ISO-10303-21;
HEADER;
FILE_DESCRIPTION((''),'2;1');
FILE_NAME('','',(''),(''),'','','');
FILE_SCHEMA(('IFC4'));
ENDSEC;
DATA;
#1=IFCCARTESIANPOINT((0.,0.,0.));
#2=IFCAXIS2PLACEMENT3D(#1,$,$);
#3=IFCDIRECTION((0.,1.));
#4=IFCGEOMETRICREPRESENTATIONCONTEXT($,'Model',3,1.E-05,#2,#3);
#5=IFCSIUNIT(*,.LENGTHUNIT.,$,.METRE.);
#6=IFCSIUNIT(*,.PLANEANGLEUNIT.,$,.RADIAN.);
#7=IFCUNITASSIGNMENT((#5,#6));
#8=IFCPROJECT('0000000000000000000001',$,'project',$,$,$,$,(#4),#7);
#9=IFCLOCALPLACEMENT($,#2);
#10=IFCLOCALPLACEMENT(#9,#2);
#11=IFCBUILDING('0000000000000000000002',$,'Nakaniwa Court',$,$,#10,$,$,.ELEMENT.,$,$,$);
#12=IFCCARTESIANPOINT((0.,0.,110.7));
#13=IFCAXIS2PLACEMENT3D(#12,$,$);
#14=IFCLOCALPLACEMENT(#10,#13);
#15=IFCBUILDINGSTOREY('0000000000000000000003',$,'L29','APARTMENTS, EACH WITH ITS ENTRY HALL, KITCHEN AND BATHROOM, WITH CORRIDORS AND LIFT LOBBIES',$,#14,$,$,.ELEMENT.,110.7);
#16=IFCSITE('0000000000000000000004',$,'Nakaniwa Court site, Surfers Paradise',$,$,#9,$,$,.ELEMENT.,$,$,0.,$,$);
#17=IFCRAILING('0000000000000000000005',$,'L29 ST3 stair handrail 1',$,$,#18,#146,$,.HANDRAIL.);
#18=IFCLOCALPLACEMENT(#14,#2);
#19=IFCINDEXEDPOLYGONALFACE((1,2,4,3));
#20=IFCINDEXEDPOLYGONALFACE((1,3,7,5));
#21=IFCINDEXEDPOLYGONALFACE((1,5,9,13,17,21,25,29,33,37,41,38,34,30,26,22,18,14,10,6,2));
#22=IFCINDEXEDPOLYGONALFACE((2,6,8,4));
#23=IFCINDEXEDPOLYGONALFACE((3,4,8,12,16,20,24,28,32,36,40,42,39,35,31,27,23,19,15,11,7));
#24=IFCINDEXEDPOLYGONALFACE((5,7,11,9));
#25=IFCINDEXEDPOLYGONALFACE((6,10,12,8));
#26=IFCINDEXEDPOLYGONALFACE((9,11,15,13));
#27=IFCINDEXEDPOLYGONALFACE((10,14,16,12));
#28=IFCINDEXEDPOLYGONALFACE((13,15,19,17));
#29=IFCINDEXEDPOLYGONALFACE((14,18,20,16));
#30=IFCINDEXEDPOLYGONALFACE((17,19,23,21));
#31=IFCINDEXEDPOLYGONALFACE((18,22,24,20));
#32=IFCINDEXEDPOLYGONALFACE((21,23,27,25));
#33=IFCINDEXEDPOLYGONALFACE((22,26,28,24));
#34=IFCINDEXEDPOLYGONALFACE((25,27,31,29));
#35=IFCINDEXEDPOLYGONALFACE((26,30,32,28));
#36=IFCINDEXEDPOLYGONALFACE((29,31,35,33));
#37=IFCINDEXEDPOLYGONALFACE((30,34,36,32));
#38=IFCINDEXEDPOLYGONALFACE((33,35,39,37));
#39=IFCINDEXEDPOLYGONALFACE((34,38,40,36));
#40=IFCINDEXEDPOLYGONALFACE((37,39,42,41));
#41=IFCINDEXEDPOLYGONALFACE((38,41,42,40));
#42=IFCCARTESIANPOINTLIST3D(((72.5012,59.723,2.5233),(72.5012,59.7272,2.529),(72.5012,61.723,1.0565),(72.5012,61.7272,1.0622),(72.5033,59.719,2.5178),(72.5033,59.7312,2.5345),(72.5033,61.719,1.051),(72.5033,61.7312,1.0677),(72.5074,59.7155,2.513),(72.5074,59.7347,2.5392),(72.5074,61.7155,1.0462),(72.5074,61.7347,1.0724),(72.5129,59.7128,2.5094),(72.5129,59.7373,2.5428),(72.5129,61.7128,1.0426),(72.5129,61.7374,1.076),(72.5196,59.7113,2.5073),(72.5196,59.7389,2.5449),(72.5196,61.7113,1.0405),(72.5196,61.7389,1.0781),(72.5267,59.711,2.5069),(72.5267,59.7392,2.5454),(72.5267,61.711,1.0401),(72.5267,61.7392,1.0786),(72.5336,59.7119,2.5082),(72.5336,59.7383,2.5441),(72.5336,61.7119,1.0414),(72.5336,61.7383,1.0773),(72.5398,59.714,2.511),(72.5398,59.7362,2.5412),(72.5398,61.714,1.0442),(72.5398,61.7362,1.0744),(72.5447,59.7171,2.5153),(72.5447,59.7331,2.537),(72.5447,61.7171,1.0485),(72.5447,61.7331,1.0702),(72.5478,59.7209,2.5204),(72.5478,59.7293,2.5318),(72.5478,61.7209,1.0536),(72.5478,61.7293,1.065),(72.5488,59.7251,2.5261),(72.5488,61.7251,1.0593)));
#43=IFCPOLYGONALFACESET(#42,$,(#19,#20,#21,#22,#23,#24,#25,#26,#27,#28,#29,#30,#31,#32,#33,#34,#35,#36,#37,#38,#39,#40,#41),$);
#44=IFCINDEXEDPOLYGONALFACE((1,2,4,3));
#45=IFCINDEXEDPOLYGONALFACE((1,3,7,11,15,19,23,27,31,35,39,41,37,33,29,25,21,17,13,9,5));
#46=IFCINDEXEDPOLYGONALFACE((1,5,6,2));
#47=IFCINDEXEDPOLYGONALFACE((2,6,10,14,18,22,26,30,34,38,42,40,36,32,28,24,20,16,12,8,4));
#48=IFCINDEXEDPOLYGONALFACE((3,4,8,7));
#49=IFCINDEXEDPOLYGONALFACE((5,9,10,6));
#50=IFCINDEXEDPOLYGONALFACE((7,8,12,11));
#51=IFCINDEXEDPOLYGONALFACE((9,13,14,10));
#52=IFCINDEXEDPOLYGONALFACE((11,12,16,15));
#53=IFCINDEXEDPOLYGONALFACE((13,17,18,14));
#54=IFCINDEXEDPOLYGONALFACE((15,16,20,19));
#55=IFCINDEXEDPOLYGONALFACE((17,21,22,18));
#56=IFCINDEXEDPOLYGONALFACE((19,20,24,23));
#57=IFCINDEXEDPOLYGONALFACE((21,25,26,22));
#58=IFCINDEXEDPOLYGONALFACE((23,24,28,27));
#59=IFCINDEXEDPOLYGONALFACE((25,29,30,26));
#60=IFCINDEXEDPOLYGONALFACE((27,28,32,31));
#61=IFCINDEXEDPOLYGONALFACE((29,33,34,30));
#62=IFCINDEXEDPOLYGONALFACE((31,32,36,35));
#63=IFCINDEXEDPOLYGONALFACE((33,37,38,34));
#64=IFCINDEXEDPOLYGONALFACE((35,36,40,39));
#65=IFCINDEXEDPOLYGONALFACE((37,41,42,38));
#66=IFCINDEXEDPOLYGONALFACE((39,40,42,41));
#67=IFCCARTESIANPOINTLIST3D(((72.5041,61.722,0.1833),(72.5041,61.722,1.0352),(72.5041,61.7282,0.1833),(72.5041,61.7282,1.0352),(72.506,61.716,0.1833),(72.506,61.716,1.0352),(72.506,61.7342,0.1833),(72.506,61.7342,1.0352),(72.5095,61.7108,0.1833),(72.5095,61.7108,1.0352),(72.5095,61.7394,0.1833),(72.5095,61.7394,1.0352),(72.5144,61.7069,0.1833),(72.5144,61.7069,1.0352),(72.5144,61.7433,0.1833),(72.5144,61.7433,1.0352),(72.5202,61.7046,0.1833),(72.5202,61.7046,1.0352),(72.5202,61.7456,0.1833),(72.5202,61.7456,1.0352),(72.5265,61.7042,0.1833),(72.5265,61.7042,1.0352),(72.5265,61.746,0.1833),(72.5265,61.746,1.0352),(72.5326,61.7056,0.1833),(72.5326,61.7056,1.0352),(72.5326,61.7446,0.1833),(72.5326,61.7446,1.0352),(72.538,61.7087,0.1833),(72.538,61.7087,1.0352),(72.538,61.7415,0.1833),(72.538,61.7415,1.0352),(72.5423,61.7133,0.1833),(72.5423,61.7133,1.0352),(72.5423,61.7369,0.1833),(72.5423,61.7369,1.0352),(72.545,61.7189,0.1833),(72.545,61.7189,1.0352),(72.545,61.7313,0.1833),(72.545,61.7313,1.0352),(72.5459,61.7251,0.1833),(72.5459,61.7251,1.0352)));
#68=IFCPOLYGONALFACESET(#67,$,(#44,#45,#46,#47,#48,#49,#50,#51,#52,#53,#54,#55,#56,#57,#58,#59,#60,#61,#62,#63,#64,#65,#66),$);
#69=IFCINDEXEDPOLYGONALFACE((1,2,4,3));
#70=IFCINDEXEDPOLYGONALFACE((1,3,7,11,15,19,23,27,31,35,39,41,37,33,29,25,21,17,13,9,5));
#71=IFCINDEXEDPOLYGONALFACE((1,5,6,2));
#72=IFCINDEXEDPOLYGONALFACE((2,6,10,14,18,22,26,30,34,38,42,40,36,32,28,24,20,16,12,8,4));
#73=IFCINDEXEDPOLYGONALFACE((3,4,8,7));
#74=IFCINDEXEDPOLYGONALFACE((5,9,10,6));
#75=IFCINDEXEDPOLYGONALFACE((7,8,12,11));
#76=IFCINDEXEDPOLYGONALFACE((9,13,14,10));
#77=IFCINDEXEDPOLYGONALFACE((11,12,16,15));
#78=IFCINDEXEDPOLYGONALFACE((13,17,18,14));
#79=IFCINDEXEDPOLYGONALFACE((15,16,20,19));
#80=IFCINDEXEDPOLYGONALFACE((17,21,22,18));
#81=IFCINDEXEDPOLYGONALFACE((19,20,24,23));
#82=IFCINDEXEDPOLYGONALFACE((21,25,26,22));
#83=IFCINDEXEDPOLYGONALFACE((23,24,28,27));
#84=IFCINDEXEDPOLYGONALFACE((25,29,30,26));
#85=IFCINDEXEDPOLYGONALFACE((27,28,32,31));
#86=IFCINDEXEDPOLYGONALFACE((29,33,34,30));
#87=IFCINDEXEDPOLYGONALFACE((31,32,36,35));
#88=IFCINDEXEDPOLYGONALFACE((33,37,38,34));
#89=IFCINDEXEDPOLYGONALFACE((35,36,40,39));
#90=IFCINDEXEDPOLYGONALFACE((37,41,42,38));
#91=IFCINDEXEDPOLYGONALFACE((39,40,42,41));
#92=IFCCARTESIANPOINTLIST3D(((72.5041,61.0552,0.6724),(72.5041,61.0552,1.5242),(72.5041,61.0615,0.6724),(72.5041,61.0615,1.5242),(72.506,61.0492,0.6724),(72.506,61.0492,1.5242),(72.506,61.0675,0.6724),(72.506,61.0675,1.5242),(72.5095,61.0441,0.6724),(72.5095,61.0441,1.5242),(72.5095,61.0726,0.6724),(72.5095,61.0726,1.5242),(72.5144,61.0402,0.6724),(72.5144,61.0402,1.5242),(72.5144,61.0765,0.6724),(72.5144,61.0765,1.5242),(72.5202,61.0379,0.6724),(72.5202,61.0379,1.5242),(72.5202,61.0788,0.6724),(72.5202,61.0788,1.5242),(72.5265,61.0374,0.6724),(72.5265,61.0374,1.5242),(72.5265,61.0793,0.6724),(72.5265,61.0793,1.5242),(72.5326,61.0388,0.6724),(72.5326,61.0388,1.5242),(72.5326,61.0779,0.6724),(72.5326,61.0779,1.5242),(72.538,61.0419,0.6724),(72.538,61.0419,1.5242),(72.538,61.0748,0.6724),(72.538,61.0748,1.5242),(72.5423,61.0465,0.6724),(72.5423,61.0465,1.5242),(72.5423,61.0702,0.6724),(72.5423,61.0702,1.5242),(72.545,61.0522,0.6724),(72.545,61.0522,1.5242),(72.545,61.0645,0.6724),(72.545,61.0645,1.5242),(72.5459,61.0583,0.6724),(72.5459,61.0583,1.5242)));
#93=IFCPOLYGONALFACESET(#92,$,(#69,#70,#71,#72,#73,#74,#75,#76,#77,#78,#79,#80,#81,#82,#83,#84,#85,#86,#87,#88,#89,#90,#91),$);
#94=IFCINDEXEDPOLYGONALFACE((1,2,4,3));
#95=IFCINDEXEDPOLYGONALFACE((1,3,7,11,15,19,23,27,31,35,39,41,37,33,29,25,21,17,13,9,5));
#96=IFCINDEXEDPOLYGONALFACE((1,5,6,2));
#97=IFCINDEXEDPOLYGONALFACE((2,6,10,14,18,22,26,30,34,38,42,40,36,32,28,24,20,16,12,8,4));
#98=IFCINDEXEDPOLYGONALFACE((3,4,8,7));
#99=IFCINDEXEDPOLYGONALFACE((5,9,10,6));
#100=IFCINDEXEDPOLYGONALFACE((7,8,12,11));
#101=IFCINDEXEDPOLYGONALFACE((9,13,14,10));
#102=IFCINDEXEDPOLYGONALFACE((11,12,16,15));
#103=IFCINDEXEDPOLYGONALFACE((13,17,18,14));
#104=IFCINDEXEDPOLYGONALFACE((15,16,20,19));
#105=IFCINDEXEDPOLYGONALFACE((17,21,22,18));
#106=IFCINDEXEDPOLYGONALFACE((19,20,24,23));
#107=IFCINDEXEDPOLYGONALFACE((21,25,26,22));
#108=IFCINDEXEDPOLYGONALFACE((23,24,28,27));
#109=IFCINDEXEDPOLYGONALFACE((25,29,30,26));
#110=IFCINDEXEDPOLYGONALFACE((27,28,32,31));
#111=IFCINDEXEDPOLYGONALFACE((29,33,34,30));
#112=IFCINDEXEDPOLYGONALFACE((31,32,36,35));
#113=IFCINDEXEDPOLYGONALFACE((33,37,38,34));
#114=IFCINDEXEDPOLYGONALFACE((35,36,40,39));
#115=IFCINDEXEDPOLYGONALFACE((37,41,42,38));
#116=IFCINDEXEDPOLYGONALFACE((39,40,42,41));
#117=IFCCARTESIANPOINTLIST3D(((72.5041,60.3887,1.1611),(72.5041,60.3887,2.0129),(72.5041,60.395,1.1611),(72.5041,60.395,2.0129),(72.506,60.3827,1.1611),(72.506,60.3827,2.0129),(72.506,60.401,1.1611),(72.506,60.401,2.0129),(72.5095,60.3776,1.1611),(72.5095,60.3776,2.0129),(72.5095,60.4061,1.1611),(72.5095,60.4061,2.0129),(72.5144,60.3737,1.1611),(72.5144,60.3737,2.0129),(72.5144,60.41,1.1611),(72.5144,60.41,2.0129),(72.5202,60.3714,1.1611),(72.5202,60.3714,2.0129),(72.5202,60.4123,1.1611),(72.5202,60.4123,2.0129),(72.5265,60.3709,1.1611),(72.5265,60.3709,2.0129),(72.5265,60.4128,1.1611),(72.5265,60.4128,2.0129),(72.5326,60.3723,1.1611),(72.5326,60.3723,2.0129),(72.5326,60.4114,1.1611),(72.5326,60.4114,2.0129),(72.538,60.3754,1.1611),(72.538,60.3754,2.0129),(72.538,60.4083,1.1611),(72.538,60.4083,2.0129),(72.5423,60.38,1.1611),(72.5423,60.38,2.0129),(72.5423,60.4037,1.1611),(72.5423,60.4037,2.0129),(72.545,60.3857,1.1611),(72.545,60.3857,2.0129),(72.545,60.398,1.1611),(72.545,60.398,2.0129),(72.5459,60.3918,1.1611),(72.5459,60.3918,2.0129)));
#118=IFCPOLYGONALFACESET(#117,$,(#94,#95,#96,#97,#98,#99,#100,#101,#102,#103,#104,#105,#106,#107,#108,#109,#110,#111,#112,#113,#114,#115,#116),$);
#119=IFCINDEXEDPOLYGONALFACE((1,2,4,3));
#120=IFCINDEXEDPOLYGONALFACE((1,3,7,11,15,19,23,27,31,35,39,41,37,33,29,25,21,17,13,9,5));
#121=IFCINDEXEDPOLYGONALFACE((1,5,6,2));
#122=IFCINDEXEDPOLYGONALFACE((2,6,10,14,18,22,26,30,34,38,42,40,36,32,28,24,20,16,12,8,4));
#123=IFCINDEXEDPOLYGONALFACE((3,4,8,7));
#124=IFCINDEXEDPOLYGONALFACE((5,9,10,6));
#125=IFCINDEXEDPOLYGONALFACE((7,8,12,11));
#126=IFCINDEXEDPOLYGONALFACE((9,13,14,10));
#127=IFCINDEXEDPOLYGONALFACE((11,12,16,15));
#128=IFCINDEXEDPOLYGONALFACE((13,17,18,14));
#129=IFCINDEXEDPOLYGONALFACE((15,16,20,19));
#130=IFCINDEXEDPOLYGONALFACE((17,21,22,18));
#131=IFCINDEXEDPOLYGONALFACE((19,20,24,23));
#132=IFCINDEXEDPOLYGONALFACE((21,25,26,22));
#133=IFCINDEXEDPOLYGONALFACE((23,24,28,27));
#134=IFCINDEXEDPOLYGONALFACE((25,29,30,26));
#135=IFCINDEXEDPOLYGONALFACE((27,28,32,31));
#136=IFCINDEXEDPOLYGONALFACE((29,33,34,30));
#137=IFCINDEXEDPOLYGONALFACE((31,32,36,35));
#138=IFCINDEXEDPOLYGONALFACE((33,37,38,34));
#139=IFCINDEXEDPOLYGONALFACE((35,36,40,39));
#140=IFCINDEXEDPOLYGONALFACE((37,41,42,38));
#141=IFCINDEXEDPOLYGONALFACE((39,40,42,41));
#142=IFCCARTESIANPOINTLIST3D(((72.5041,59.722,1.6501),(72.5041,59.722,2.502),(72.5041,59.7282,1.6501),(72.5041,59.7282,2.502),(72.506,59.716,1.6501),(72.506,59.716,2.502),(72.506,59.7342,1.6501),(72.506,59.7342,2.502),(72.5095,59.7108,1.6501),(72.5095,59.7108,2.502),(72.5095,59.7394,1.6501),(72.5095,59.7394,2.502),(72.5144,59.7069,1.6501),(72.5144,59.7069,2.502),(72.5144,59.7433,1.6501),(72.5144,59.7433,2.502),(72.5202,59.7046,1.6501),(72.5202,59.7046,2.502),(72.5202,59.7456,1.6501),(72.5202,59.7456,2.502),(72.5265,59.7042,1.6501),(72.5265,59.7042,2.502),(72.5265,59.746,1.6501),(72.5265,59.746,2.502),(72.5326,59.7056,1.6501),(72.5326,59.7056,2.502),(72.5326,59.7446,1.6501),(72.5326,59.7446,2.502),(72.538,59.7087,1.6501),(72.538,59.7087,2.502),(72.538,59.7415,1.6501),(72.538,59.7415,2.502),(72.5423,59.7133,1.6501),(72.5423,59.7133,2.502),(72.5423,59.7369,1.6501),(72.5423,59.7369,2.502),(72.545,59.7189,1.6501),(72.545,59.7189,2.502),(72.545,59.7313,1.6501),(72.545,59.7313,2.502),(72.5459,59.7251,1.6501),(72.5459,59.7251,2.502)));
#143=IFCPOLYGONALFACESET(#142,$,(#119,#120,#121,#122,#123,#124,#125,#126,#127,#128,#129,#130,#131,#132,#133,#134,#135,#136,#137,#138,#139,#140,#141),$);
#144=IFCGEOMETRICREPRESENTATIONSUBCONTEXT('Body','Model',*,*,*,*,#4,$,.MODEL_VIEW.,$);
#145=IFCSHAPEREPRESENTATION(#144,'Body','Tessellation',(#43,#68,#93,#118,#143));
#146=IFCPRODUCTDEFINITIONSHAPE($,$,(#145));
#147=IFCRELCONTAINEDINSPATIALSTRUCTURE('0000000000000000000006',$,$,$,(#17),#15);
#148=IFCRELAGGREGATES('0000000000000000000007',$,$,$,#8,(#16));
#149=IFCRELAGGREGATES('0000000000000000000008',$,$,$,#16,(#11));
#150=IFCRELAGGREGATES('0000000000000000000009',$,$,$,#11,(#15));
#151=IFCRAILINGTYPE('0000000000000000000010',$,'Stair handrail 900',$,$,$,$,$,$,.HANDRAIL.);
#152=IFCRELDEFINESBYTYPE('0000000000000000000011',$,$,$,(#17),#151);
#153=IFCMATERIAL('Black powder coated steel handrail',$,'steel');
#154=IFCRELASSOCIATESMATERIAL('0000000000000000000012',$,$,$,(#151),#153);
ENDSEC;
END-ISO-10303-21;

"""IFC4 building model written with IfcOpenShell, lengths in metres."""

from ifc_helpers import new_model, si_unit, direction, frame, origin, origin_2d, place, context, subcontext, project, spatial, circle, extrude, material, type_object, element, save


model = new_model("IFC4")

# Units and contexts
model_context = context("Model", 3, precision=1e-05, world=origin(), true_north=direction((0.0, 1.0)))
body_context = subcontext(model_context, "Body", "Model", "MODEL_VIEW")
ifc_project = project(units=[si_unit("LENGTHUNIT", "METRE"), si_unit("PLANEANGLEUNIT", "RADIAN")], contexts=[model_context])

# Site, building, storey
site_placement = place(None, origin())
site = spatial("IfcSite", under=ifc_project, at=site_placement, Name="Nakaniwa Court site, Surfers Paradise", CompositionType="ELEMENT", RefElevation=0.0)
building_placement = place(site_placement, origin())
building = spatial("IfcBuilding", under=site, at=building_placement, Name="Nakaniwa Court", CompositionType="ELEMENT")
storey_placement = place(building_placement, frame((0.0, 0.0, 110.7)))
storey = spatial("IfcBuildingStorey", under=building, at=storey_placement, Name="L29", Description="APARTMENTS, EACH WITH ITS ENTRY HALL, KITCHEN AND BATHROOM, WITH CORRIDORS AND LIFT LOBBIES", CompositionType="ELEMENT", Elevation=110.7)

# Railing
ifc_material_1 = material(Name="Black powder coated steel handrail", Category="steel")
railing_type_1 = type_object("IfcRailingType", Name="Stair handrail 900", PredefinedType="HANDRAIL", material=ifc_material_1)
railing_1_placement = place(storey_placement, frame((72.5249, 61.7251, 0.1833)))
element("IfcRailing", 1, at=railing_1_placement, inside=storey, type_object=railing_type_1, Name="L29 ST3 stair handrail 1", PredefinedType="HANDRAIL", context=body_context, shape_type="SweptSolid", body=[
    extrude(circle(Radius=0.0239, at=origin_2d()), frame((0.0, 0.0, 0.876), z_axis=(0.0, -0.80638, 0.591398), x_axis=(1.0, 0.0, 0.0)), (0.0, 0.0, 1.0), 2.4802),
    extrude(circle(Radius=0.021, at=origin_2d()), origin(), (0.0, 0.0, 1.0), 0.8518),
    extrude(circle(Radius=0.021, at=origin_2d()), frame((0.0, -0.6667, 0.489)), (0.0, 0.0, 1.0), 0.8518),
    extrude(circle(Radius=0.021, at=origin_2d()), frame((0.0, -1.3333, 0.9778)), (0.0, 0.0, 1.0), 0.8518),
    extrude(circle(Radius=0.021, at=origin_2d()), frame((0.0, -2.0, 1.4668)), (0.0, 0.0, 1.0), 0.8518),
])

save(model, "model.ifc")
